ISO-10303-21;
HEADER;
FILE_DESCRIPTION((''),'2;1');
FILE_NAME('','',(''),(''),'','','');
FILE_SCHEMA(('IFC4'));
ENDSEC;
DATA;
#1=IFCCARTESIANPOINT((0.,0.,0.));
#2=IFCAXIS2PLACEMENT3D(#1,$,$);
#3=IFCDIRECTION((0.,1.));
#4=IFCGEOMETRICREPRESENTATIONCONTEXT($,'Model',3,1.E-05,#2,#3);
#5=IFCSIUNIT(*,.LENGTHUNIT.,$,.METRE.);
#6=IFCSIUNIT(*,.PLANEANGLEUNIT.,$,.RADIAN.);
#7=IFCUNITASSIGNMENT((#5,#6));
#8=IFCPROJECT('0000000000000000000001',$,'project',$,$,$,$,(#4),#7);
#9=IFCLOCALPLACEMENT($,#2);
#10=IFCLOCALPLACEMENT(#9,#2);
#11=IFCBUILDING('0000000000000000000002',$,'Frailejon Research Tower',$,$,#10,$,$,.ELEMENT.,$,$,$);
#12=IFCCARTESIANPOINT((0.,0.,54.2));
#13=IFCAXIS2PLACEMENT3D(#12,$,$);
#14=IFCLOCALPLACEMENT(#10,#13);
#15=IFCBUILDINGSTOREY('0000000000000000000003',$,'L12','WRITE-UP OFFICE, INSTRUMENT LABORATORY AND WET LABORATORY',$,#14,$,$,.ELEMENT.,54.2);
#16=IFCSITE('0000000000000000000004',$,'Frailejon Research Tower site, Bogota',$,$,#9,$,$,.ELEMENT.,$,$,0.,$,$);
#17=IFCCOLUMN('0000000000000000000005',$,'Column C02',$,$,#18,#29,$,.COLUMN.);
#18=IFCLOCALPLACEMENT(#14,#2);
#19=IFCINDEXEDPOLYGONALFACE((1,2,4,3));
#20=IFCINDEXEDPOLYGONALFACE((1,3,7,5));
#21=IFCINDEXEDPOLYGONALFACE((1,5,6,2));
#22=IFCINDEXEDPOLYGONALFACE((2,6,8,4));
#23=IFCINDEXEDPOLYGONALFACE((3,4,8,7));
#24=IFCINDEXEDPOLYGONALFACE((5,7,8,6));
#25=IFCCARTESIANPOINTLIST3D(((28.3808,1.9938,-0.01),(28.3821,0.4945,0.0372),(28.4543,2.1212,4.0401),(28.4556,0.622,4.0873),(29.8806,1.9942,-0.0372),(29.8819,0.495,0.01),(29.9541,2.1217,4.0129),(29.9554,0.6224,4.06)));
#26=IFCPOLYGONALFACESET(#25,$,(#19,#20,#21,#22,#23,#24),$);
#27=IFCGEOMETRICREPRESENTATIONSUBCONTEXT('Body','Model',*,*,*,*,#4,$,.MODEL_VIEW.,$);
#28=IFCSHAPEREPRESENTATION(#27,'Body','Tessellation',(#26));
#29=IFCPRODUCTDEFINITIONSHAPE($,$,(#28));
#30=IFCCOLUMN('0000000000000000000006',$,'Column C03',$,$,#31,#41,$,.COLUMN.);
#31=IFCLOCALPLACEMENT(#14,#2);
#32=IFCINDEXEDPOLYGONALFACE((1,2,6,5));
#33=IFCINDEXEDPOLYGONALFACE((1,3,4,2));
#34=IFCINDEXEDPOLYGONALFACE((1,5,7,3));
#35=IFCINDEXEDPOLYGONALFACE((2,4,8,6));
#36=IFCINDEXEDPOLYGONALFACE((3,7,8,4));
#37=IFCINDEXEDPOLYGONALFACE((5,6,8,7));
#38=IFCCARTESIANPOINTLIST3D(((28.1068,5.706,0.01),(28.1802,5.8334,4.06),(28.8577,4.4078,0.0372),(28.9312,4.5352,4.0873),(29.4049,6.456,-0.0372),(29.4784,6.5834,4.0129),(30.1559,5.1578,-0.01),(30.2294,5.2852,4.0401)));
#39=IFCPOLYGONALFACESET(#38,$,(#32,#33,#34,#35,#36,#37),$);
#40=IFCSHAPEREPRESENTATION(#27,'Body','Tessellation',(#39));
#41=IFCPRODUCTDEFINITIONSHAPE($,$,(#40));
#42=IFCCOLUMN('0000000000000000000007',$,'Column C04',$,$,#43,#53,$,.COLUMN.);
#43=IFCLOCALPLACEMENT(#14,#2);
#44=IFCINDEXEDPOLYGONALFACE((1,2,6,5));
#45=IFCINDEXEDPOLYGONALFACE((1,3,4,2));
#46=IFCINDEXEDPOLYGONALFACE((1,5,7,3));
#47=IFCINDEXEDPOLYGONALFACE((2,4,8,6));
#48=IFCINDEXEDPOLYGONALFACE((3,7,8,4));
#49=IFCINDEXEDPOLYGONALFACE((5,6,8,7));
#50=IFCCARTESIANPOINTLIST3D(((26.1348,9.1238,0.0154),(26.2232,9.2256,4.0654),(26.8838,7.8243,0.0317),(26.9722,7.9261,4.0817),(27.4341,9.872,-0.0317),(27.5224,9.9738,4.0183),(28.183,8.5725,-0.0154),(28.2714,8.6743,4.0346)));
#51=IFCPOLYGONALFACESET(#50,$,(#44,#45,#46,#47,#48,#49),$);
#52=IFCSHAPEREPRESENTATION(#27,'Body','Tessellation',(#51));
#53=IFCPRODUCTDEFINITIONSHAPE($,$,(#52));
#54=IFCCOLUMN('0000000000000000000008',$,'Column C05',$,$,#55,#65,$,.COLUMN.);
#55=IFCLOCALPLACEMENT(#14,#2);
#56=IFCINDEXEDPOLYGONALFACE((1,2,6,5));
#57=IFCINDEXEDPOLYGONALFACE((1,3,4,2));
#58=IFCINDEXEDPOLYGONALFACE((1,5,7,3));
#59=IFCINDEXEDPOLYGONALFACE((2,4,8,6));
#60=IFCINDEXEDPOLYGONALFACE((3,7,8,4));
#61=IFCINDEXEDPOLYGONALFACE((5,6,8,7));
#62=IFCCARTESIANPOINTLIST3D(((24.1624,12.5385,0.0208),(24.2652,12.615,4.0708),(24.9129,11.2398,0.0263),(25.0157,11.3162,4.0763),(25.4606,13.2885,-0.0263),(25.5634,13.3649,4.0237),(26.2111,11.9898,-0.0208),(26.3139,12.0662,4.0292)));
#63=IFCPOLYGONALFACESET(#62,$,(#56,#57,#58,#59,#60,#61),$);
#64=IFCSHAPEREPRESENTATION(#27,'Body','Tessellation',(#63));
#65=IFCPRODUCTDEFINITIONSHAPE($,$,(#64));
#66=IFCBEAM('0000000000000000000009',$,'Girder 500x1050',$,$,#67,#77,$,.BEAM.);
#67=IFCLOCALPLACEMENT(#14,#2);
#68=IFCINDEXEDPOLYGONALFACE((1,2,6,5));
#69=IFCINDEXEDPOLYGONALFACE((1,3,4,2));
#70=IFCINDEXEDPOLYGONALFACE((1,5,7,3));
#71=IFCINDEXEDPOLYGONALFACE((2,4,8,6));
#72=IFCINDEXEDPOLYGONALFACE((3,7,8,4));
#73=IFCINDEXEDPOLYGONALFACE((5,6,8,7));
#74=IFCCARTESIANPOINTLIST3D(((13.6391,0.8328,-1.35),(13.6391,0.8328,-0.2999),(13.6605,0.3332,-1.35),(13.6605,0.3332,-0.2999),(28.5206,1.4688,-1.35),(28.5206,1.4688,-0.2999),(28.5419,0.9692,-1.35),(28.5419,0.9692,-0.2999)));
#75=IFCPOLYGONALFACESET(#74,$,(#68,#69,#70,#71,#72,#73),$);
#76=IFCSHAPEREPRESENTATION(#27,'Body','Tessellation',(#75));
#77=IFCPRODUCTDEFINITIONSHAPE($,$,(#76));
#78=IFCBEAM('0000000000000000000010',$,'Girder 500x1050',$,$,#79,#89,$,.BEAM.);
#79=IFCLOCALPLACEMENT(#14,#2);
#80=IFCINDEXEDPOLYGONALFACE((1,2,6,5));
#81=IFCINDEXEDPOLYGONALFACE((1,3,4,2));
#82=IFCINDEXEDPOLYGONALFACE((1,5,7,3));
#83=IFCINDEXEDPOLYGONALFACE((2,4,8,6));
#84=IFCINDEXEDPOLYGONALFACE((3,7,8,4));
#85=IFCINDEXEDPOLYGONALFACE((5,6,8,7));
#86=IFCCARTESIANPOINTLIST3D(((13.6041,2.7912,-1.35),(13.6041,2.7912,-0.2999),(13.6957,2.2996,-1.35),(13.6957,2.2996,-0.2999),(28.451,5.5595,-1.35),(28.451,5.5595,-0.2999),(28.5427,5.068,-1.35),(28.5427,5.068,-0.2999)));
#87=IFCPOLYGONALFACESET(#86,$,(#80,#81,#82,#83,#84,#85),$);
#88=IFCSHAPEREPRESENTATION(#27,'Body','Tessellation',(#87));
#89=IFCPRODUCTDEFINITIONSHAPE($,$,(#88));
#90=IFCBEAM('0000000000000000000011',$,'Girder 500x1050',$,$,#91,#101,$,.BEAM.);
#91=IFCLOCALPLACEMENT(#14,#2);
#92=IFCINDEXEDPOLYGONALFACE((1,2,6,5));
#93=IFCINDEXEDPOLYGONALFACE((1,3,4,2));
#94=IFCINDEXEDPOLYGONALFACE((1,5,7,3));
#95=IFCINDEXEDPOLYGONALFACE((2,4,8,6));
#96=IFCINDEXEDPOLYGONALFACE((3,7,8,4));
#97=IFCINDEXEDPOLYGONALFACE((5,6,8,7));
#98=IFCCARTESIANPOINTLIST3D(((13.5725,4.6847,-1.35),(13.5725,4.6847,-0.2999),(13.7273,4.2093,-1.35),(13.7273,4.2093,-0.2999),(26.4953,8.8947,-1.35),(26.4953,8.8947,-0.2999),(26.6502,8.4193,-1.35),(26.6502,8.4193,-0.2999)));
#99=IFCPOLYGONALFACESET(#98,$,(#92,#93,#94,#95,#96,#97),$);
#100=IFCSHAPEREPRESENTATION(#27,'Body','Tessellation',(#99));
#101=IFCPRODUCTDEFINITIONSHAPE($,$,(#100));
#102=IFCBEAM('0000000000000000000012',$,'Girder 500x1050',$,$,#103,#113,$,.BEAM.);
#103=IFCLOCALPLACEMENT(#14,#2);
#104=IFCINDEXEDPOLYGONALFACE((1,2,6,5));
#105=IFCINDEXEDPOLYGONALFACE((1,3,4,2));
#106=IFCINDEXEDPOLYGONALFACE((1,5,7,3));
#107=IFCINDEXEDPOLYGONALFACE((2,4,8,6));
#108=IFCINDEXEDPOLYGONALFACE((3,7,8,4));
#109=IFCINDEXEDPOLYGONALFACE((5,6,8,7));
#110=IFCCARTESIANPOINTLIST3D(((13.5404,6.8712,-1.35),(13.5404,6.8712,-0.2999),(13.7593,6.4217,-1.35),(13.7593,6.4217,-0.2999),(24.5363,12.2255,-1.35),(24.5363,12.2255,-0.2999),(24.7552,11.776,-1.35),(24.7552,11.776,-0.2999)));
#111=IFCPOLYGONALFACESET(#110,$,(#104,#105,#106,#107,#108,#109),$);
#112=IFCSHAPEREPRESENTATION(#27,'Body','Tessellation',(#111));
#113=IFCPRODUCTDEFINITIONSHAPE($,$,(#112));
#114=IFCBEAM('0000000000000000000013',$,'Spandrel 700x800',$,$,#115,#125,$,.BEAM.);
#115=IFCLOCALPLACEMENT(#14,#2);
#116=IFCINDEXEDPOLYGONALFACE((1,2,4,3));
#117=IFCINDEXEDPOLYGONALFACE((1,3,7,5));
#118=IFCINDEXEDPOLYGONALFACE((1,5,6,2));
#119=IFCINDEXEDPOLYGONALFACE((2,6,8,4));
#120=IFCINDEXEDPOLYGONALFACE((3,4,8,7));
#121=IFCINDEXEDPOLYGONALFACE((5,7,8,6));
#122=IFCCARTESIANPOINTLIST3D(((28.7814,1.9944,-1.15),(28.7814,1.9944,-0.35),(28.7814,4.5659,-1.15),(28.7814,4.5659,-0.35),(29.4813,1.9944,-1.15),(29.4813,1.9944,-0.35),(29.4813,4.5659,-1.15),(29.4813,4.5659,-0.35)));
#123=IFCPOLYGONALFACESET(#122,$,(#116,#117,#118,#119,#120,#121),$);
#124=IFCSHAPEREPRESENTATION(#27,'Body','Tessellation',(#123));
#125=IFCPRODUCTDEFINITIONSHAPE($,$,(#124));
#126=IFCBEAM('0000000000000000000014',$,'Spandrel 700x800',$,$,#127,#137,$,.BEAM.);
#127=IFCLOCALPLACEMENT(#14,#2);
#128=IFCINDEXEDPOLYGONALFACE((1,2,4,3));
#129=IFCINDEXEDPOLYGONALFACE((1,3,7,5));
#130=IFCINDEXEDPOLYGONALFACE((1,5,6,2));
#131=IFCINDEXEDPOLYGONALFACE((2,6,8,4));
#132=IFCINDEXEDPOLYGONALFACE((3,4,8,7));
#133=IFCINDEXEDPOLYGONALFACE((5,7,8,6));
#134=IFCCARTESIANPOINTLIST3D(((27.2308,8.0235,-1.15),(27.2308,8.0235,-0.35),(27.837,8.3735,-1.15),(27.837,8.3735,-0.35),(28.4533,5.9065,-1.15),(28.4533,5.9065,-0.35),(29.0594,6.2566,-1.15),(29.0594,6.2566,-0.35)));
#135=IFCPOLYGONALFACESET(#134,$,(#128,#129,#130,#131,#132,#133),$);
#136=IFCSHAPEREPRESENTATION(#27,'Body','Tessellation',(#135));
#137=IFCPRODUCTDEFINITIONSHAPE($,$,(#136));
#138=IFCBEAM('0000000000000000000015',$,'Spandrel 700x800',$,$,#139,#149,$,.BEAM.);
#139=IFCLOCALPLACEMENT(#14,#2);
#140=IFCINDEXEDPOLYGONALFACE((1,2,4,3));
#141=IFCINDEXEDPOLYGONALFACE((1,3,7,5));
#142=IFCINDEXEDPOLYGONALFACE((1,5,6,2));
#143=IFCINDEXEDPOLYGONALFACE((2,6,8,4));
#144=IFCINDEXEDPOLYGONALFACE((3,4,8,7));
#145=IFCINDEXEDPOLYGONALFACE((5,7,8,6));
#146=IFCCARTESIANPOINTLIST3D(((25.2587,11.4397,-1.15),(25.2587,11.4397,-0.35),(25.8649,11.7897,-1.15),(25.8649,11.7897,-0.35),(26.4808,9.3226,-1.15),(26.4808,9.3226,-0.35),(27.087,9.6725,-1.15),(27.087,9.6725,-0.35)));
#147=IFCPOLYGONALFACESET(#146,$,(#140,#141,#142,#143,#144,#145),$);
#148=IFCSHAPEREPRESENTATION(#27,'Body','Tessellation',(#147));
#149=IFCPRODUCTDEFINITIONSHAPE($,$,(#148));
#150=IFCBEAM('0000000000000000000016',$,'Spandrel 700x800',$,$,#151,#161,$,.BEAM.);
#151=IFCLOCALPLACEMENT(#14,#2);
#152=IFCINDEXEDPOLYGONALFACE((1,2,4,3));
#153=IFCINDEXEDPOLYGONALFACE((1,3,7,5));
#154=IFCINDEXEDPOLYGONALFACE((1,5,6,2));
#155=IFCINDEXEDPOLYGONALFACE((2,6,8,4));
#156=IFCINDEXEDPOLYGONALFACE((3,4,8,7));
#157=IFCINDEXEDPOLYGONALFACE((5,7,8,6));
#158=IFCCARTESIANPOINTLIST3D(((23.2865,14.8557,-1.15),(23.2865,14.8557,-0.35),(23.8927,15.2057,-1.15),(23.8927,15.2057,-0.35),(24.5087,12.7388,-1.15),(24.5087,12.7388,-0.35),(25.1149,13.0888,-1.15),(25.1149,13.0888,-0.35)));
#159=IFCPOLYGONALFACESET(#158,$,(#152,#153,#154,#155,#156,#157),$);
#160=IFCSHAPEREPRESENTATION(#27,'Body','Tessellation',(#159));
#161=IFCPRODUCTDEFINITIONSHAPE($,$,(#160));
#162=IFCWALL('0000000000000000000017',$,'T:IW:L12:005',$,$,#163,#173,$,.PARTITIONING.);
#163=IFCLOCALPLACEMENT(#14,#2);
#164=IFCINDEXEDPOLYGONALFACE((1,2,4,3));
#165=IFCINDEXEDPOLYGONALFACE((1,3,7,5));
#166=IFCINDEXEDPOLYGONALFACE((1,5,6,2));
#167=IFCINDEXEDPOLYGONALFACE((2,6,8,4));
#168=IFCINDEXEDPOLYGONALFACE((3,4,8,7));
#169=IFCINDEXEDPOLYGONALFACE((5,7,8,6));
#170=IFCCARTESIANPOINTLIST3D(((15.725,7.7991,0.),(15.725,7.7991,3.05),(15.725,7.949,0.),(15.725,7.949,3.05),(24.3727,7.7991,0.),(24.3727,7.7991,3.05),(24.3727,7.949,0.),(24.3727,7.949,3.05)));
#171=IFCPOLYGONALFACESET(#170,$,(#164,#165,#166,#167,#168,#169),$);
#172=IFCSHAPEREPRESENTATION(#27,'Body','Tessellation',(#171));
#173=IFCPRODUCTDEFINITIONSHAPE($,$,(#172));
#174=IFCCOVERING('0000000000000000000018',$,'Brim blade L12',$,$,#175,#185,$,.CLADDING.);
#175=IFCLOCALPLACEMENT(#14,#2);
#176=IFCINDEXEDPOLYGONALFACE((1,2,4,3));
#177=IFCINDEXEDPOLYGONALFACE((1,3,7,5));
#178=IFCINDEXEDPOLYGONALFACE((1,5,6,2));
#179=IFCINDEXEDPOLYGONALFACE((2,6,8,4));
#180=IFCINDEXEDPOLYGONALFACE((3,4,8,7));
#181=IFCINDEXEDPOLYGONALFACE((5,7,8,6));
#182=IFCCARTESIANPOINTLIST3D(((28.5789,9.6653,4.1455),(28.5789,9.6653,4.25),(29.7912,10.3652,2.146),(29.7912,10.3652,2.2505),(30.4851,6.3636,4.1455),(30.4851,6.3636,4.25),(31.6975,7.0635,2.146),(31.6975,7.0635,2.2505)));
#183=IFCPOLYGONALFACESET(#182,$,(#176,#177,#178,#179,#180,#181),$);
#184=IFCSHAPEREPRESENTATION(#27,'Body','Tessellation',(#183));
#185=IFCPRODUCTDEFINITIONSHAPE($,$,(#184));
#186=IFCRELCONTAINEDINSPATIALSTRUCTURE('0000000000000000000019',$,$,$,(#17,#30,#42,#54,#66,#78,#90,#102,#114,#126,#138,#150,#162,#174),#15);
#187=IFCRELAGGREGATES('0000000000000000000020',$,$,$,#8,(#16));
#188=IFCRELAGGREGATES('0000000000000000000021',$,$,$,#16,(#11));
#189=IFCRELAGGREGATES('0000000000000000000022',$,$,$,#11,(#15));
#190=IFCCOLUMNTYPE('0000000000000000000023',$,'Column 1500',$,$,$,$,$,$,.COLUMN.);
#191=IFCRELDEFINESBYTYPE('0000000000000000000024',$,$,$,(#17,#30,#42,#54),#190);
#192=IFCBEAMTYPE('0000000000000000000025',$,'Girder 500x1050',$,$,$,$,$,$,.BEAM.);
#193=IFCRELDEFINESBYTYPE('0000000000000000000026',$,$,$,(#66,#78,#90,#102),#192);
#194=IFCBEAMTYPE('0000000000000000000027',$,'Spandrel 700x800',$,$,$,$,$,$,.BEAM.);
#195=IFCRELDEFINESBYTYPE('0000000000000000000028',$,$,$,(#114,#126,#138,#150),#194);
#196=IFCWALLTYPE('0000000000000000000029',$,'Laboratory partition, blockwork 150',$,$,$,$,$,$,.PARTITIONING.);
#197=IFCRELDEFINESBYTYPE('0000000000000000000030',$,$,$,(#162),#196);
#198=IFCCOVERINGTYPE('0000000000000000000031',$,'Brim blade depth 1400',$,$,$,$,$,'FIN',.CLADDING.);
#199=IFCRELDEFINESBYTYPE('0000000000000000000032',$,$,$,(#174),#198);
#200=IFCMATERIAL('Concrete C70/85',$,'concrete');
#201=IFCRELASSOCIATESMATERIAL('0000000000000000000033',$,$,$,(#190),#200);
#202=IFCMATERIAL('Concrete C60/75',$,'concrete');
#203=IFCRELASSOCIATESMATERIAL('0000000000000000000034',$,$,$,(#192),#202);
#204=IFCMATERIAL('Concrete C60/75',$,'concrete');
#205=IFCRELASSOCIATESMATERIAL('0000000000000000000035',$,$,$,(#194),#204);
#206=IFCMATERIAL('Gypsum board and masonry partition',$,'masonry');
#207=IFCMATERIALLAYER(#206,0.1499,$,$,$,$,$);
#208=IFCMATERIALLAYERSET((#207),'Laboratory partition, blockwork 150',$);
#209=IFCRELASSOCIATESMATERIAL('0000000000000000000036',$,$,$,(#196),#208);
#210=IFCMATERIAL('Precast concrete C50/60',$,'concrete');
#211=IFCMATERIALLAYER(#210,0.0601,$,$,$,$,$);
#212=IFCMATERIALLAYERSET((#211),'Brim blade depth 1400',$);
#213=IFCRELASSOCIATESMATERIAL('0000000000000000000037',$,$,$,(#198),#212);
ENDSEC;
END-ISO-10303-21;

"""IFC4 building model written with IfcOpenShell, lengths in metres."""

from ifc_helpers import new_model, si_unit, direction, frame, frame_2d, origin, origin_2d, place, context, subcontext, project, spatial, polyline, rectangle, outline, extrude, material, layer, layer_set, material_profile, profile_set, type_object, element, save


model = new_model("IFC4")

# Units and contexts
model_context = context("Model", 3, precision=1e-05, world=origin(), true_north=direction((0.0, 1.0)))
body_context = subcontext(model_context, "Body", "Model", "MODEL_VIEW")
ifc_project = project(units=[si_unit("LENGTHUNIT", "METRE"), si_unit("PLANEANGLEUNIT", "RADIAN")], contexts=[model_context])

# Site, building, storey
site_placement = place(None, origin())
site = spatial("IfcSite", under=ifc_project, at=site_placement, Name="Frailejon Research Tower site, Bogota", CompositionType="ELEMENT", RefElevation=0.0)
building_placement = place(site_placement, origin())
building = spatial("IfcBuilding", under=site, at=building_placement, Name="Frailejon Research Tower", CompositionType="ELEMENT")
storey_placement = place(building_placement, frame((0.0, 0.0, 54.2)))
storey = spatial("IfcBuildingStorey", under=building, at=storey_placement, Name="L12", Description="WRITE-UP OFFICE, INSTRUMENT LABORATORY AND WET LABORATORY", CompositionType="ELEMENT", Elevation=54.2)

# Columns
ifc_material_1 = material(Name="Concrete C70/85", Category="concrete")
ifc_material_profile_1 = material_profile(ifc_material_1, rectangle(XDim=1.5, YDim=1.5, at=origin_2d()), Name="Column 1500")
ifc_profile_set_1 = profile_set([ifc_material_profile_1], Name="Concrete C70/85")
column_type = type_object("IfcColumnType", Name="Column 1500", PredefinedType="COLUMN", material=ifc_profile_set_1)
for number, where, z_axis, x_axis, name in (
    (1, (29.1313, 1.2444, 0.0), (0.018133, 0.031446, 0.999341), (-0.000853, 0.999505, -0.031436), "Column C02"),
    (2, (29.1313, 5.4319, 0.0), (0.018133, 0.031446, 0.999341), (-0.500658, 0.865455, -0.018149), "Column C03"),
):
    element("IfcColumn", number, at=place(storey_placement, frame(where, z_axis=z_axis, x_axis=x_axis)), inside=storey, type_object=column_type, Name=name, PredefinedType="COLUMN", context=body_context, shape_type="SweptSolid", body=[
        extrude(rectangle(XDim=1.5, YDim=1.5, at=origin_2d()), origin(), (0.0, 0.0, 1.0), 4.0527),
    ])
column_1_placement = place(storey_placement, frame((27.1589, 8.8481, 0.0), z_axis=(0.02181, 0.025123, 0.999446), x_axis=(-0.499317, 0.866351, -0.010882)))
element("IfcColumn", 3, at=column_1_placement, inside=storey, type_object=column_type, Name="Column C04", PredefinedType="COLUMN", context=body_context, shape_type="SweptSolid", body=[
    extrude(rectangle(XDim=1.5, YDim=1.5, at=origin_2d()), origin(), (0.0, 0.0, 1.0), 4.0522),
])
column_2_placement = place(storey_placement, frame((25.1868, 12.2642, 0.0), z_axis=(0.025366, 0.018858, 0.9995), x_axis=(-0.500322, 0.865832, -0.003639)))
element("IfcColumn", 4, at=column_2_placement, inside=storey, type_object=column_type, Name="Column C05", PredefinedType="COLUMN", context=body_context, shape_type="SweptSolid", body=[
    extrude(rectangle(XDim=1.5, YDim=1.5, at=origin_2d()), origin(), (0.0, 0.0, 1.0), 4.052),
])

# Beams
ifc_material_2 = material(Name="Concrete C60/75", Category="concrete")
ifc_material_profile_2 = material_profile(ifc_material_2, rectangle(XDim=0.5, YDim=1.05, at=origin_2d()), Name="Girder 500x1050")
ifc_profile_set_2 = profile_set([ifc_material_profile_2], Name="Concrete C60/75")
beam_type_1 = type_object("IfcBeamType", Name="Girder 500x1050", PredefinedType="BEAM", material=ifc_profile_set_2)
beam_1_placement = place(storey_placement, frame((28.5312, 1.219, -0.825), z_axis=(-0.999088, -0.042698, 0.0), x_axis=(0.042698, -0.999088, 0.0)))
element("IfcBeam", 5, at=beam_1_placement, inside=storey, type_object=beam_type_1, Name="Girder 500x1050", PredefinedType="BEAM", context=body_context, shape_type="SweptSolid", body=[
    extrude(rectangle(XDim=0.5, YDim=1.05, at=origin_2d()), origin(), (0.0, 0.0, 1.0), 14.895),
])
beam_2_placement = place(storey_placement, frame((28.4968, 5.3137, -0.825), z_axis=(-0.983057, -0.183298, 0.0), x_axis=(0.183298, -0.983057, 0.0)))
element("IfcBeam", 6, at=beam_2_placement, inside=storey, type_object=beam_type_1, Name="Girder 500x1050", PredefinedType="BEAM", context=body_context, shape_type="SweptSolid", body=[
    extrude(rectangle(XDim=0.5, YDim=1.05, at=origin_2d()), origin(), (0.0, 0.0, 1.0), 15.1028),
])
beam_3_placement = place(storey_placement, frame((26.5728, 8.657, -0.825), z_axis=(-0.950817, -0.309754, 0.0), x_axis=(0.309754, -0.950817, 0.0)))
element("IfcBeam", 7, at=beam_3_placement, inside=storey, type_object=beam_type_1, Name="Girder 500x1050", PredefinedType="BEAM", context=body_context, shape_type="SweptSolid", body=[
    extrude(rectangle(XDim=0.5, YDim=1.05, at=origin_2d()), origin(), (0.0, 0.0, 1.0), 13.5913),
])
beam_4_placement = place(storey_placement, frame((24.6458, 12.0007, -0.825), z_axis=(-0.899077, -0.437791, 0.0), x_axis=(0.437791, -0.899077, 0.0)))
element("IfcBeam", 8, at=beam_4_placement, inside=storey, type_object=beam_type_1, Name="Girder 500x1050", PredefinedType="BEAM", context=body_context, shape_type="SweptSolid", body=[
    extrude(rectangle(XDim=0.5, YDim=1.05, at=origin_2d()), origin(), (0.0, 0.0, 1.0), 12.2302),
])
ifc_material_3 = material(Name="Concrete C60/75", Category="concrete")
ifc_material_profile_3 = material_profile(ifc_material_3, rectangle(XDim=0.7, YDim=0.8, at=origin_2d()), Name="Spandrel 700x800")
ifc_profile_set_3 = profile_set([ifc_material_profile_3], Name="Concrete C60/75")
beam_type_2 = type_object("IfcBeamType", Name="Spandrel 700x800", PredefinedType="BEAM", material=ifc_profile_set_3)
beam_5_placement = place(storey_placement, frame((29.1313, 1.9944, -0.75), z_axis=(0.0, 1.0, 0.0), x_axis=(-1.0, 0.0, 0.0)))
element("IfcBeam", 9, at=beam_5_placement, inside=storey, type_object=beam_type_2, Name="Spandrel 700x800", PredefinedType="BEAM", context=body_context, shape_type="SweptSolid", body=[
    extrude(rectangle(XDim=0.7, YDim=0.8, at=origin_2d()), origin(), (0.0, 0.0, 1.0), 2.5715),
])
for number, where, z_axis, x_axis, name in (
    (10, (28.7563, 6.0815, -0.75), (-0.50006, 0.865991, 0.0), (-0.865991, -0.50006, 0.0), "Spandrel 700x800"),
    (11, (26.7839, 9.4976, -0.75), (-0.499941, 0.866059, 0.0), (-0.866059, -0.499941, 0.0), "Spandrel 700x800"),
):
    element("IfcBeam", number, at=place(storey_placement, frame(where, z_axis=z_axis, x_axis=x_axis)), inside=storey, type_object=beam_type_2, Name=name, PredefinedType="BEAM", context=body_context, shape_type="SweptSolid", body=[
        extrude(rectangle(XDim=0.7, YDim=0.8, at=origin_2d()), origin(), (0.0, 0.0, 1.0), 2.4446),
    ])
beam_6_placement = place(storey_placement, frame((24.8118, 12.9138, -0.75), z_axis=(-0.499985, 0.866034, 0.0), x_axis=(-0.866034, -0.499985, 0.0)))
element("IfcBeam", 12, at=beam_6_placement, inside=storey, type_object=beam_type_2, Name="Spandrel 700x800", PredefinedType="BEAM", context=body_context, shape_type="SweptSolid", body=[
    extrude(rectangle(XDim=0.7, YDim=0.8, at=origin_2d()), origin(), (0.0, 0.0, 1.0), 2.4443),
])

# Wall
ifc_material_4 = material(Name="Gypsum board and masonry partition", Category="masonry")
ifc_layer_1 = layer(ifc_material_4, 0.1499)
ifc_layer_set_1 = layer_set([ifc_layer_1], Name="Laboratory partition, blockwork 150")
wall_type_1 = type_object("IfcWallType", Name="Laboratory partition, blockwork 150", PredefinedType="PARTITIONING", material=ifc_layer_set_1)
wall_1_placement = place(storey_placement, frame((15.7251, 7.874, 0.0), z_axis=(0.0, 0.0, 1.0), x_axis=(1.0, 0.0, 0.0)))
element("IfcWall", 13, at=wall_1_placement, inside=storey, type_object=wall_type_1, Name="T:IW:L12:005", PredefinedType="PARTITIONING", context=body_context, shape_type="SweptSolid", body=[
    extrude(rectangle(XDim=8.6477, YDim=0.1499, at=frame_2d((4.3237, 0.0))), origin(), (0.0, 0.0, 1.0), 3.05),
])

# Covering
ifc_material_5 = material(Name="Precast concrete C50/60", Category="concrete")
ifc_layer_2 = layer(ifc_material_5, 0.0601)
ifc_layer_set_2 = layer_set([ifc_layer_2], Name="Brim blade depth 1400")
covering_type_1 = type_object("IfcCoveringType", Name="Brim blade depth 1400", ElementType="FIN", PredefinedType="CLADDING", material=ifc_layer_set_2)
covering_1_placement = place(storey_placement, frame((28.5789, 9.6653, 4.25), z_axis=(0.500001, -0.866025, 0.0), x_axis=(0.866025, 0.500001, 0.0)))
element("IfcCovering", 14, at=covering_1_placement, inside=storey, type_object=covering_type_1, Name="Brim blade L12", PredefinedType="CLADDING", context=body_context, shape_type="SweptSolid", body=[
    extrude(outline(polyline([(0.0, -0.1045), (1.3999, -2.104), (1.3999, -1.9995), (0.0, 0.0), (0.0, -0.1045)])), origin(), (0.0, 0.0, 1.0), 3.8125),
])

save(model, "model.ifc")
